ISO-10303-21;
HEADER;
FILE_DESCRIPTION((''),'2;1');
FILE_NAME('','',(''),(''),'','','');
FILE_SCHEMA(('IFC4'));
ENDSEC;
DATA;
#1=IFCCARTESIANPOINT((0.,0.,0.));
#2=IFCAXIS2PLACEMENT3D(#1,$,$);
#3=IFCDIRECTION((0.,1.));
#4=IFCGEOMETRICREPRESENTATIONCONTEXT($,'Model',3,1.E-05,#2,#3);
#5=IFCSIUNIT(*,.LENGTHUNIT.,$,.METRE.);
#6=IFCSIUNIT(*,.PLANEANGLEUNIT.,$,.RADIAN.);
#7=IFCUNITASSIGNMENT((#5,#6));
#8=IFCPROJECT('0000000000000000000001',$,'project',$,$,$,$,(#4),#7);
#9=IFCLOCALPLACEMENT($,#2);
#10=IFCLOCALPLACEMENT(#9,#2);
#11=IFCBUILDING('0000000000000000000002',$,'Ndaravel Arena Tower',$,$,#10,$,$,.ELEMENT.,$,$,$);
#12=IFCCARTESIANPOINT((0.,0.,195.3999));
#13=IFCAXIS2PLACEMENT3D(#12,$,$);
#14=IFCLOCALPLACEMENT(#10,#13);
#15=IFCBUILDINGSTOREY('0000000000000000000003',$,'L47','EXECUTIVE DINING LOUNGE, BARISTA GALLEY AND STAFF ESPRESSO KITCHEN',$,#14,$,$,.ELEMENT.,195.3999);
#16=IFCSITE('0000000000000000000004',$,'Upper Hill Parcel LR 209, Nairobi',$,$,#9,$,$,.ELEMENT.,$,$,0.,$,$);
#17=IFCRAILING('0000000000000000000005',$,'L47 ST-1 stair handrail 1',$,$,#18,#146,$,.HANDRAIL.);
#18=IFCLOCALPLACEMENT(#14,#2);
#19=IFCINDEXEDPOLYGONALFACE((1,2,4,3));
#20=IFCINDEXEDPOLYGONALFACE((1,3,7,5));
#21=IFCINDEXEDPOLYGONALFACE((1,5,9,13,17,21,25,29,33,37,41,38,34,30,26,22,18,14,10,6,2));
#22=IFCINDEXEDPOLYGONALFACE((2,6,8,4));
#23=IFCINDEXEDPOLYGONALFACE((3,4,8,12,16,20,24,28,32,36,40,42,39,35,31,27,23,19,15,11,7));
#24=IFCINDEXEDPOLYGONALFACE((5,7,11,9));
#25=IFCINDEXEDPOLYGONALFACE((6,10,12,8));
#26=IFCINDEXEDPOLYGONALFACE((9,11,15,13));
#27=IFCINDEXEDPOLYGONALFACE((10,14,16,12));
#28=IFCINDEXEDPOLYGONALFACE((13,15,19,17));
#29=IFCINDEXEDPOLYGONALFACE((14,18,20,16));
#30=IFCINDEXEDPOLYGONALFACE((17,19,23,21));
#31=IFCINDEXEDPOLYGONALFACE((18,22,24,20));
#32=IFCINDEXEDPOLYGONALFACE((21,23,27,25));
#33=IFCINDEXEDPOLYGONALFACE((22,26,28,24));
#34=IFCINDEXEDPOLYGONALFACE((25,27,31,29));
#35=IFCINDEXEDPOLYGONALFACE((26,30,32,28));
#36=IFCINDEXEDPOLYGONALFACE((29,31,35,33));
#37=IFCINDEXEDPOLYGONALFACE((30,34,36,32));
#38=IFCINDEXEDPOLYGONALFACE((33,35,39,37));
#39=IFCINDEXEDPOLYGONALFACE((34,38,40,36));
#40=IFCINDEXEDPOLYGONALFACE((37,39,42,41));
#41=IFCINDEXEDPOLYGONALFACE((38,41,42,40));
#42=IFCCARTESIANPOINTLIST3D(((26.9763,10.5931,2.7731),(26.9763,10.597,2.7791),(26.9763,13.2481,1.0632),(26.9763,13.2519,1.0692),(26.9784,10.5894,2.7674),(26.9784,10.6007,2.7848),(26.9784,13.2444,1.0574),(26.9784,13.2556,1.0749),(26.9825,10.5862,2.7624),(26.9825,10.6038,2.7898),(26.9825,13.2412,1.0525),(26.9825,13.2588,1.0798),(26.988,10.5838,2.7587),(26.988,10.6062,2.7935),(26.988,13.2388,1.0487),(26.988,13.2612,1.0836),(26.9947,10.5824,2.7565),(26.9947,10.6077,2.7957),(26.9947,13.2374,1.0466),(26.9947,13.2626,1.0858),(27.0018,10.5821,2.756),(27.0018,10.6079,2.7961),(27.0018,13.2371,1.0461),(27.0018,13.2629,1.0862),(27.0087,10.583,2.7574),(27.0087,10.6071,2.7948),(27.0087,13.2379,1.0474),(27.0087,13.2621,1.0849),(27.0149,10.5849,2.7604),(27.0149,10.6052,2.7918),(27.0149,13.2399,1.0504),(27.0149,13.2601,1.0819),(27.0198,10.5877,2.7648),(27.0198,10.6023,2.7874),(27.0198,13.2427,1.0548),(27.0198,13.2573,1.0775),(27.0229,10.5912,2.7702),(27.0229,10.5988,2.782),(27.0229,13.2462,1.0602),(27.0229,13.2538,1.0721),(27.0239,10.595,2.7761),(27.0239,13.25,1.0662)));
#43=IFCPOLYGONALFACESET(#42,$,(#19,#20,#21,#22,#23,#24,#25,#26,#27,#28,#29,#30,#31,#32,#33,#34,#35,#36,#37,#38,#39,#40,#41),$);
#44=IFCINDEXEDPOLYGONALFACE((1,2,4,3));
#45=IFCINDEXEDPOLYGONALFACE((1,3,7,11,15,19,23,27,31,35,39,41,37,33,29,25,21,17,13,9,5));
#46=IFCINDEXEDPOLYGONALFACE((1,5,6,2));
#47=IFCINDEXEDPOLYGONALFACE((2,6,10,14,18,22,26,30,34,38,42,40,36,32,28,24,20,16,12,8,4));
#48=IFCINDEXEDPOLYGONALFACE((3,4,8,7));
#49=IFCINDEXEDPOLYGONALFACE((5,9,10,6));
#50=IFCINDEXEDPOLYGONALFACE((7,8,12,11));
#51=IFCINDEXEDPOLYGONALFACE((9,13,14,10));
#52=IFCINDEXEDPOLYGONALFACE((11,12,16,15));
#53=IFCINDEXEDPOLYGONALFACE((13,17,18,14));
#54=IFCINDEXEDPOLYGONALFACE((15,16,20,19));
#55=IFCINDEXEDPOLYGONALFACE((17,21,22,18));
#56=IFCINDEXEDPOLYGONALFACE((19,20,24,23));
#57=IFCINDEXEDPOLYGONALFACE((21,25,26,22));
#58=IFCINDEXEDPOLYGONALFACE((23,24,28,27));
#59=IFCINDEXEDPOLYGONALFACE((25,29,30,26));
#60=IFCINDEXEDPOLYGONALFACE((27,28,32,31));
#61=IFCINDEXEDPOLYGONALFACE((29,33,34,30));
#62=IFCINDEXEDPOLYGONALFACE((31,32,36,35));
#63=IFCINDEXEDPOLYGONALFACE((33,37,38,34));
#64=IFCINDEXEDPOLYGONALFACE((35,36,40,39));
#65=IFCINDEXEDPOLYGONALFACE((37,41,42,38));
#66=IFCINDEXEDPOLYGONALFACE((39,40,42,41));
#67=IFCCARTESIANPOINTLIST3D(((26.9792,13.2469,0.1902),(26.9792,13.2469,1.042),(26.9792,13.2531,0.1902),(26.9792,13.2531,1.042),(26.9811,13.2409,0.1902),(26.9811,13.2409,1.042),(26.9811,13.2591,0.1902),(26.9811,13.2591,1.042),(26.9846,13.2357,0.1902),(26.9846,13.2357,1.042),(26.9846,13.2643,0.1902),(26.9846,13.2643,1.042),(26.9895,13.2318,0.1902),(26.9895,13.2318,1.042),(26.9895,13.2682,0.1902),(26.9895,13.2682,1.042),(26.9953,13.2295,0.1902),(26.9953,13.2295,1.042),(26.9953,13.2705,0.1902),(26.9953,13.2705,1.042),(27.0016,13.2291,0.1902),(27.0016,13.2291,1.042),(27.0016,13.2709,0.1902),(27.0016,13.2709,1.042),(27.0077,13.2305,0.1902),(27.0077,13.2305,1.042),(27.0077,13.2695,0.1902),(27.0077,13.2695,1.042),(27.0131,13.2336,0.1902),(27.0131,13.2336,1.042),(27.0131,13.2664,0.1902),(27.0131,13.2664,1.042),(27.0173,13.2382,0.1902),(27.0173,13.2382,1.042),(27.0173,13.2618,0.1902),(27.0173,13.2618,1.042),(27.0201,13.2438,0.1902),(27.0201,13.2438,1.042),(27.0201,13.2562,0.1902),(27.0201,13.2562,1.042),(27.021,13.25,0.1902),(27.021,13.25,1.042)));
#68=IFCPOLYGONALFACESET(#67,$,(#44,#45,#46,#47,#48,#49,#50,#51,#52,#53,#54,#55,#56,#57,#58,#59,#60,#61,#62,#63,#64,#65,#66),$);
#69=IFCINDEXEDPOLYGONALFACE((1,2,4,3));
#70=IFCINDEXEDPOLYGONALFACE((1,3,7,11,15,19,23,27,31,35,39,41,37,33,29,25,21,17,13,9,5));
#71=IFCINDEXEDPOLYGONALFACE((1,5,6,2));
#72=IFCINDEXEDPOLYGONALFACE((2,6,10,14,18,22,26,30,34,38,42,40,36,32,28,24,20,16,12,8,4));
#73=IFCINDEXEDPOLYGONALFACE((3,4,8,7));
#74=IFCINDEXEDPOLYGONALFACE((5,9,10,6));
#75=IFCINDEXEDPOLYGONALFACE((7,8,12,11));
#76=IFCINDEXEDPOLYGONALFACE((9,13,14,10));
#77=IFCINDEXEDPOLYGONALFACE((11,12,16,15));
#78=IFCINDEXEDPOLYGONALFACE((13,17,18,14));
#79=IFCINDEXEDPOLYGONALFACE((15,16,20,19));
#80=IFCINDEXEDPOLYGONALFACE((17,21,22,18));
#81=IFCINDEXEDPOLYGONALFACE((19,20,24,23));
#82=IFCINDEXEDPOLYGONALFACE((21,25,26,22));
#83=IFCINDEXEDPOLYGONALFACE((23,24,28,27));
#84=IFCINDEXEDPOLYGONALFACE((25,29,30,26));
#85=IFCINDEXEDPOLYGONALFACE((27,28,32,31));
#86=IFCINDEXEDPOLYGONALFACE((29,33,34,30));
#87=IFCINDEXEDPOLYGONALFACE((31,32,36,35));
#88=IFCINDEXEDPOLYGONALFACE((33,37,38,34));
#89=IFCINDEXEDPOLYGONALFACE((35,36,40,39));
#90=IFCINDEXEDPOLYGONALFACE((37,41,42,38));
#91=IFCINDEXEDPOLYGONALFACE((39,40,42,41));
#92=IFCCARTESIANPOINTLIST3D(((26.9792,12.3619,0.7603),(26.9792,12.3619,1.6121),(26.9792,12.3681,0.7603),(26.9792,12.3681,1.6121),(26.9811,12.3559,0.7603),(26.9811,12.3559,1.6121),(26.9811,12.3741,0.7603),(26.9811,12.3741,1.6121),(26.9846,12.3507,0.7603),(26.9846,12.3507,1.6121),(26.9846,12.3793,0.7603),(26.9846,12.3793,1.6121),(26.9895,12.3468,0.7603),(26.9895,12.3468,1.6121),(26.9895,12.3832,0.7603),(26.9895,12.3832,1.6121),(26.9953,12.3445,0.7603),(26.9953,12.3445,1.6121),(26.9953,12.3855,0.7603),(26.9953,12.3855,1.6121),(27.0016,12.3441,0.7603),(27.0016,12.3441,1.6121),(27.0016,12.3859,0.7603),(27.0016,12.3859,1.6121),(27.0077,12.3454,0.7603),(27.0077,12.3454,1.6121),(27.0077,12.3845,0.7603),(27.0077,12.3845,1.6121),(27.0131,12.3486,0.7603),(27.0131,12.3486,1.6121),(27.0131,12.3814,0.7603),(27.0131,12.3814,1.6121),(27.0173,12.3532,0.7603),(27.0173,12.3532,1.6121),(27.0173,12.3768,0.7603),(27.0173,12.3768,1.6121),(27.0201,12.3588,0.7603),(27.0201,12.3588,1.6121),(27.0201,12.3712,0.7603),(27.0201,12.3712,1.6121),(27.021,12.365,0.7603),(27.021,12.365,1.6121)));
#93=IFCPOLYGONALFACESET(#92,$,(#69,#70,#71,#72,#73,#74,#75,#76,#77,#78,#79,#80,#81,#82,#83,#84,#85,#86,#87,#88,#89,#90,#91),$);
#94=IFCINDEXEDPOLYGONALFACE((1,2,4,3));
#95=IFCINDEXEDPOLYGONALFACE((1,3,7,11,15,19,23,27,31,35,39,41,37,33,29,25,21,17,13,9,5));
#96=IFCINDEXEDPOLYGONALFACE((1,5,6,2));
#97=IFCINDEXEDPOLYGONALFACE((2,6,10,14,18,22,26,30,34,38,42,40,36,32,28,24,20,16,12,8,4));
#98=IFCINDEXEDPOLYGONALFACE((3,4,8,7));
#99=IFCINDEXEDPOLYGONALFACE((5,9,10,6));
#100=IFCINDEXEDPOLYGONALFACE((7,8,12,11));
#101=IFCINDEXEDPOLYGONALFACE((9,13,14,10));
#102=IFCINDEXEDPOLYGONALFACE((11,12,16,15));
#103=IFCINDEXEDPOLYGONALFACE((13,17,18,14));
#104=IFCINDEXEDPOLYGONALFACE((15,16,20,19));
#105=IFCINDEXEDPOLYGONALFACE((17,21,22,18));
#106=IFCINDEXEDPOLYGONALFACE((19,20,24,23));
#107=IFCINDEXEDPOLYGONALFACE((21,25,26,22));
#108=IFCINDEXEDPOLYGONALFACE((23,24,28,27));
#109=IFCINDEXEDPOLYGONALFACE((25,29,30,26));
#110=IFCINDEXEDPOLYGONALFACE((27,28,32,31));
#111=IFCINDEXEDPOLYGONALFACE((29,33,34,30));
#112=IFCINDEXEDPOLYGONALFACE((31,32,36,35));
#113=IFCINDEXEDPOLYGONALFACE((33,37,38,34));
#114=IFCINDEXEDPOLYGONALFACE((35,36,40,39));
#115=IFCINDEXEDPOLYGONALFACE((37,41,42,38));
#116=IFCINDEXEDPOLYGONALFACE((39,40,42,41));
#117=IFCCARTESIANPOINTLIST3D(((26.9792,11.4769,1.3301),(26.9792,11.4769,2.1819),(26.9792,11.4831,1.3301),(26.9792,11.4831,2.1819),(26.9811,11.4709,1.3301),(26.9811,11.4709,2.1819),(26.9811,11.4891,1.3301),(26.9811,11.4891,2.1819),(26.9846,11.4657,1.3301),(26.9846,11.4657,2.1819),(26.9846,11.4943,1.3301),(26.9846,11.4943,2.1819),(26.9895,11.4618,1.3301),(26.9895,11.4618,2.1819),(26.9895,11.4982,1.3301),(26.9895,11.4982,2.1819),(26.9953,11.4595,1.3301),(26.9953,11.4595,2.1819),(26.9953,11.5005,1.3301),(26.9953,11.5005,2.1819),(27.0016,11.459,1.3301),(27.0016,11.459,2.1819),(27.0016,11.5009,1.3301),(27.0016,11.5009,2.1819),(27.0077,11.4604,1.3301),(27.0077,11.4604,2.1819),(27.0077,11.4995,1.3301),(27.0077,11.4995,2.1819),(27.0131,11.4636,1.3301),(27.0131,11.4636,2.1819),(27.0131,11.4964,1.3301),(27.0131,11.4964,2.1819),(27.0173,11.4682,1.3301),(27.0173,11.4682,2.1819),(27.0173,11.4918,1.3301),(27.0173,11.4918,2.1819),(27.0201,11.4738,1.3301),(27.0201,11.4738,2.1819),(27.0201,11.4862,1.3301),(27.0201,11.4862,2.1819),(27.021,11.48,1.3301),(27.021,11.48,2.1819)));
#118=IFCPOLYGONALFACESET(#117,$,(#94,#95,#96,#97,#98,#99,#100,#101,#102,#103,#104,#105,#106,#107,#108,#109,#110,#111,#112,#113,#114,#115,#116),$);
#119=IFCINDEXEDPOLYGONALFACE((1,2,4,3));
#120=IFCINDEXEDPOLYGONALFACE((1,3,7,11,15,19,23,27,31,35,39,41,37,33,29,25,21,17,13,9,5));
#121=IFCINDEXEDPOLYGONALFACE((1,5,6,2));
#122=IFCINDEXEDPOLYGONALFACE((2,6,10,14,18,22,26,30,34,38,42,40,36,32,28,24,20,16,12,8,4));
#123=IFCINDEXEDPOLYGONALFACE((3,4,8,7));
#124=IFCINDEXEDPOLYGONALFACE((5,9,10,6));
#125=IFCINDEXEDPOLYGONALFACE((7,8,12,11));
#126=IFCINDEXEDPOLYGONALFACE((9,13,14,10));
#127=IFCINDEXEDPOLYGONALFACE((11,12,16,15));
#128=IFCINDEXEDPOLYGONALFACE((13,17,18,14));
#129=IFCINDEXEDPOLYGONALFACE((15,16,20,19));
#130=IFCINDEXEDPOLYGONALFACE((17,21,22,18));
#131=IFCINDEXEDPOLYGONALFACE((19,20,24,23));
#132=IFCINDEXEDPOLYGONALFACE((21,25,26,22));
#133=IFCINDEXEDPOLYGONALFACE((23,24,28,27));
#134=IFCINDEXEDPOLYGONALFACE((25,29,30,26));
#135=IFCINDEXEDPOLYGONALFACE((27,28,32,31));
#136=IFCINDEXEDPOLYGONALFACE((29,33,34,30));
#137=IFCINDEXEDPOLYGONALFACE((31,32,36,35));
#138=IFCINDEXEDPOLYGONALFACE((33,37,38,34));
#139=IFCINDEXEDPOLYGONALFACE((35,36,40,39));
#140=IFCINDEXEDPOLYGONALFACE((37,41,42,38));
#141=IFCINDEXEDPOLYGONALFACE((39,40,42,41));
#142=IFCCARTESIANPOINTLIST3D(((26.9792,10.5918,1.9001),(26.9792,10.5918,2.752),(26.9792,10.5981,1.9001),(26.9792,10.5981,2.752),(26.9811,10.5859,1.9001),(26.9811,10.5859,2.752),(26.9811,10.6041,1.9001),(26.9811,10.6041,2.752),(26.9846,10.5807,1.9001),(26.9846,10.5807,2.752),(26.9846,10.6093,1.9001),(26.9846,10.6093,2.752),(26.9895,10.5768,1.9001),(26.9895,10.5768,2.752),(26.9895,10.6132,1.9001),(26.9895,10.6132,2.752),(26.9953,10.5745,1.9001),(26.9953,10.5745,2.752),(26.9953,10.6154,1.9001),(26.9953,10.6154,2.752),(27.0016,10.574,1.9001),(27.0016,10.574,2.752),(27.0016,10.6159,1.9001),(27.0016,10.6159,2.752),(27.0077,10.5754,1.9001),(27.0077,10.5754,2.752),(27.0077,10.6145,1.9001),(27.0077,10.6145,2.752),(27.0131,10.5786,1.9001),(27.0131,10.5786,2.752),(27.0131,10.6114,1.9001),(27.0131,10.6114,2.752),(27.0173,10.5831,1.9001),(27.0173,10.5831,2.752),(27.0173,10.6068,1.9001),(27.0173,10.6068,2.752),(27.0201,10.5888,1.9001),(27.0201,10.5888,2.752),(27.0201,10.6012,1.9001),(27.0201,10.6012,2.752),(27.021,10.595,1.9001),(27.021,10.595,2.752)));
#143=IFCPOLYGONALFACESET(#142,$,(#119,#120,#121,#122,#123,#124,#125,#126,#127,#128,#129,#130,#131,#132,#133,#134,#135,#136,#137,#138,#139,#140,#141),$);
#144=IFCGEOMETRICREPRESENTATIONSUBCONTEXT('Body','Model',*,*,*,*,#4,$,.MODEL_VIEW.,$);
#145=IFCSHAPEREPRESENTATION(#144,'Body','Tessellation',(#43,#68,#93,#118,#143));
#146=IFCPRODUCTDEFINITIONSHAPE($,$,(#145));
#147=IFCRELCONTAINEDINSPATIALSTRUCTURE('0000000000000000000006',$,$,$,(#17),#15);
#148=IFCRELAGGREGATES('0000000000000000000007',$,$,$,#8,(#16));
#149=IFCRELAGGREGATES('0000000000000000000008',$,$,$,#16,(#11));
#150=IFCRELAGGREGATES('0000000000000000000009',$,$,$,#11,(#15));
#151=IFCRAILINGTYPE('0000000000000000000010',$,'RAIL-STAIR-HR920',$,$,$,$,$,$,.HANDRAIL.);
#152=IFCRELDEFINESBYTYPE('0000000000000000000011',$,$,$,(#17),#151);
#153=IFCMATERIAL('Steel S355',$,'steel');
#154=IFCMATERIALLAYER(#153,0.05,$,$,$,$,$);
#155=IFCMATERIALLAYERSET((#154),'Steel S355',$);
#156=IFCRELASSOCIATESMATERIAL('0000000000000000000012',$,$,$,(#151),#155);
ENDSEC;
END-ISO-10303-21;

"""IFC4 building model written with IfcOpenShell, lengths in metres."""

from ifc_helpers import new_model, si_unit, direction, frame, origin, origin_2d, place, context, subcontext, project, spatial, circle, extrude, material, layer, layer_set, type_object, element, save


model = new_model("IFC4")

# Units and contexts
model_context = context("Model", 3, precision=1e-05, world=origin(), true_north=direction((0.0, 1.0)))
body_context = subcontext(model_context, "Body", "Model", "MODEL_VIEW")
ifc_project = project(units=[si_unit("LENGTHUNIT", "METRE"), si_unit("PLANEANGLEUNIT", "RADIAN")], contexts=[model_context])

# Site, building, storey
site_placement = place(None, origin())
site = spatial("IfcSite", under=ifc_project, at=site_placement, Name="Upper Hill Parcel LR 209, Nairobi", CompositionType="ELEMENT", RefElevation=0.0)
building_placement = place(site_placement, origin())
building = spatial("IfcBuilding", under=site, at=building_placement, Name="Ndaravel Arena Tower", CompositionType="ELEMENT")
storey_placement = place(building_placement, frame((0.0, 0.0, 195.3999)))
storey = spatial("IfcBuildingStorey", under=building, at=storey_placement, Name="L47", Description="EXECUTIVE DINING LOUNGE, BARISTA GALLEY AND STAFF ESPRESSO KITCHEN", CompositionType="ELEMENT", Elevation=195.3999)

# Railing
ifc_material_1 = material(Name="Steel S355", Category="steel")
ifc_layer_1 = layer(ifc_material_1, 0.05)
ifc_layer_set_1 = layer_set([ifc_layer_1], Name="Steel S355")
railing_type_1 = type_object("IfcRailingType", Name="RAIL-STAIR-HR920", PredefinedType="HANDRAIL", material=ifc_layer_set_1)
railing_1_placement = place(storey_placement, frame((27.0, 13.25, 0.1902)))
element("IfcRailing", 1, at=railing_1_placement, inside=storey, type_object=railing_type_1, Name="L47 ST-1 stair handrail 1", PredefinedType="HANDRAIL", context=body_context, shape_type="SweptSolid", body=[
    extrude(circle(Radius=0.0239, at=origin_2d()), frame((0.0, 0.0, 0.876), z_axis=(0.0, -0.840724, 0.541465), x_axis=(1.0, 0.0, 0.0)), (0.0, 0.0, 1.0), 3.158),
    extrude(circle(Radius=0.021, at=origin_2d()), origin(), (0.0, 0.0, 1.0), 0.8518),
    extrude(circle(Radius=0.021, at=origin_2d()), frame((0.0, -0.885, 0.5701)), (0.0, 0.0, 1.0), 0.8518),
    extrude(circle(Radius=0.021, at=origin_2d()), frame((0.0, -1.77, 1.1399)), (0.0, 0.0, 1.0), 0.8518),
    extrude(circle(Radius=0.021, at=origin_2d()), frame((0.0, -2.655, 1.71)), (0.0, 0.0, 1.0), 0.8518),
])

save(model, "model.ifc")
